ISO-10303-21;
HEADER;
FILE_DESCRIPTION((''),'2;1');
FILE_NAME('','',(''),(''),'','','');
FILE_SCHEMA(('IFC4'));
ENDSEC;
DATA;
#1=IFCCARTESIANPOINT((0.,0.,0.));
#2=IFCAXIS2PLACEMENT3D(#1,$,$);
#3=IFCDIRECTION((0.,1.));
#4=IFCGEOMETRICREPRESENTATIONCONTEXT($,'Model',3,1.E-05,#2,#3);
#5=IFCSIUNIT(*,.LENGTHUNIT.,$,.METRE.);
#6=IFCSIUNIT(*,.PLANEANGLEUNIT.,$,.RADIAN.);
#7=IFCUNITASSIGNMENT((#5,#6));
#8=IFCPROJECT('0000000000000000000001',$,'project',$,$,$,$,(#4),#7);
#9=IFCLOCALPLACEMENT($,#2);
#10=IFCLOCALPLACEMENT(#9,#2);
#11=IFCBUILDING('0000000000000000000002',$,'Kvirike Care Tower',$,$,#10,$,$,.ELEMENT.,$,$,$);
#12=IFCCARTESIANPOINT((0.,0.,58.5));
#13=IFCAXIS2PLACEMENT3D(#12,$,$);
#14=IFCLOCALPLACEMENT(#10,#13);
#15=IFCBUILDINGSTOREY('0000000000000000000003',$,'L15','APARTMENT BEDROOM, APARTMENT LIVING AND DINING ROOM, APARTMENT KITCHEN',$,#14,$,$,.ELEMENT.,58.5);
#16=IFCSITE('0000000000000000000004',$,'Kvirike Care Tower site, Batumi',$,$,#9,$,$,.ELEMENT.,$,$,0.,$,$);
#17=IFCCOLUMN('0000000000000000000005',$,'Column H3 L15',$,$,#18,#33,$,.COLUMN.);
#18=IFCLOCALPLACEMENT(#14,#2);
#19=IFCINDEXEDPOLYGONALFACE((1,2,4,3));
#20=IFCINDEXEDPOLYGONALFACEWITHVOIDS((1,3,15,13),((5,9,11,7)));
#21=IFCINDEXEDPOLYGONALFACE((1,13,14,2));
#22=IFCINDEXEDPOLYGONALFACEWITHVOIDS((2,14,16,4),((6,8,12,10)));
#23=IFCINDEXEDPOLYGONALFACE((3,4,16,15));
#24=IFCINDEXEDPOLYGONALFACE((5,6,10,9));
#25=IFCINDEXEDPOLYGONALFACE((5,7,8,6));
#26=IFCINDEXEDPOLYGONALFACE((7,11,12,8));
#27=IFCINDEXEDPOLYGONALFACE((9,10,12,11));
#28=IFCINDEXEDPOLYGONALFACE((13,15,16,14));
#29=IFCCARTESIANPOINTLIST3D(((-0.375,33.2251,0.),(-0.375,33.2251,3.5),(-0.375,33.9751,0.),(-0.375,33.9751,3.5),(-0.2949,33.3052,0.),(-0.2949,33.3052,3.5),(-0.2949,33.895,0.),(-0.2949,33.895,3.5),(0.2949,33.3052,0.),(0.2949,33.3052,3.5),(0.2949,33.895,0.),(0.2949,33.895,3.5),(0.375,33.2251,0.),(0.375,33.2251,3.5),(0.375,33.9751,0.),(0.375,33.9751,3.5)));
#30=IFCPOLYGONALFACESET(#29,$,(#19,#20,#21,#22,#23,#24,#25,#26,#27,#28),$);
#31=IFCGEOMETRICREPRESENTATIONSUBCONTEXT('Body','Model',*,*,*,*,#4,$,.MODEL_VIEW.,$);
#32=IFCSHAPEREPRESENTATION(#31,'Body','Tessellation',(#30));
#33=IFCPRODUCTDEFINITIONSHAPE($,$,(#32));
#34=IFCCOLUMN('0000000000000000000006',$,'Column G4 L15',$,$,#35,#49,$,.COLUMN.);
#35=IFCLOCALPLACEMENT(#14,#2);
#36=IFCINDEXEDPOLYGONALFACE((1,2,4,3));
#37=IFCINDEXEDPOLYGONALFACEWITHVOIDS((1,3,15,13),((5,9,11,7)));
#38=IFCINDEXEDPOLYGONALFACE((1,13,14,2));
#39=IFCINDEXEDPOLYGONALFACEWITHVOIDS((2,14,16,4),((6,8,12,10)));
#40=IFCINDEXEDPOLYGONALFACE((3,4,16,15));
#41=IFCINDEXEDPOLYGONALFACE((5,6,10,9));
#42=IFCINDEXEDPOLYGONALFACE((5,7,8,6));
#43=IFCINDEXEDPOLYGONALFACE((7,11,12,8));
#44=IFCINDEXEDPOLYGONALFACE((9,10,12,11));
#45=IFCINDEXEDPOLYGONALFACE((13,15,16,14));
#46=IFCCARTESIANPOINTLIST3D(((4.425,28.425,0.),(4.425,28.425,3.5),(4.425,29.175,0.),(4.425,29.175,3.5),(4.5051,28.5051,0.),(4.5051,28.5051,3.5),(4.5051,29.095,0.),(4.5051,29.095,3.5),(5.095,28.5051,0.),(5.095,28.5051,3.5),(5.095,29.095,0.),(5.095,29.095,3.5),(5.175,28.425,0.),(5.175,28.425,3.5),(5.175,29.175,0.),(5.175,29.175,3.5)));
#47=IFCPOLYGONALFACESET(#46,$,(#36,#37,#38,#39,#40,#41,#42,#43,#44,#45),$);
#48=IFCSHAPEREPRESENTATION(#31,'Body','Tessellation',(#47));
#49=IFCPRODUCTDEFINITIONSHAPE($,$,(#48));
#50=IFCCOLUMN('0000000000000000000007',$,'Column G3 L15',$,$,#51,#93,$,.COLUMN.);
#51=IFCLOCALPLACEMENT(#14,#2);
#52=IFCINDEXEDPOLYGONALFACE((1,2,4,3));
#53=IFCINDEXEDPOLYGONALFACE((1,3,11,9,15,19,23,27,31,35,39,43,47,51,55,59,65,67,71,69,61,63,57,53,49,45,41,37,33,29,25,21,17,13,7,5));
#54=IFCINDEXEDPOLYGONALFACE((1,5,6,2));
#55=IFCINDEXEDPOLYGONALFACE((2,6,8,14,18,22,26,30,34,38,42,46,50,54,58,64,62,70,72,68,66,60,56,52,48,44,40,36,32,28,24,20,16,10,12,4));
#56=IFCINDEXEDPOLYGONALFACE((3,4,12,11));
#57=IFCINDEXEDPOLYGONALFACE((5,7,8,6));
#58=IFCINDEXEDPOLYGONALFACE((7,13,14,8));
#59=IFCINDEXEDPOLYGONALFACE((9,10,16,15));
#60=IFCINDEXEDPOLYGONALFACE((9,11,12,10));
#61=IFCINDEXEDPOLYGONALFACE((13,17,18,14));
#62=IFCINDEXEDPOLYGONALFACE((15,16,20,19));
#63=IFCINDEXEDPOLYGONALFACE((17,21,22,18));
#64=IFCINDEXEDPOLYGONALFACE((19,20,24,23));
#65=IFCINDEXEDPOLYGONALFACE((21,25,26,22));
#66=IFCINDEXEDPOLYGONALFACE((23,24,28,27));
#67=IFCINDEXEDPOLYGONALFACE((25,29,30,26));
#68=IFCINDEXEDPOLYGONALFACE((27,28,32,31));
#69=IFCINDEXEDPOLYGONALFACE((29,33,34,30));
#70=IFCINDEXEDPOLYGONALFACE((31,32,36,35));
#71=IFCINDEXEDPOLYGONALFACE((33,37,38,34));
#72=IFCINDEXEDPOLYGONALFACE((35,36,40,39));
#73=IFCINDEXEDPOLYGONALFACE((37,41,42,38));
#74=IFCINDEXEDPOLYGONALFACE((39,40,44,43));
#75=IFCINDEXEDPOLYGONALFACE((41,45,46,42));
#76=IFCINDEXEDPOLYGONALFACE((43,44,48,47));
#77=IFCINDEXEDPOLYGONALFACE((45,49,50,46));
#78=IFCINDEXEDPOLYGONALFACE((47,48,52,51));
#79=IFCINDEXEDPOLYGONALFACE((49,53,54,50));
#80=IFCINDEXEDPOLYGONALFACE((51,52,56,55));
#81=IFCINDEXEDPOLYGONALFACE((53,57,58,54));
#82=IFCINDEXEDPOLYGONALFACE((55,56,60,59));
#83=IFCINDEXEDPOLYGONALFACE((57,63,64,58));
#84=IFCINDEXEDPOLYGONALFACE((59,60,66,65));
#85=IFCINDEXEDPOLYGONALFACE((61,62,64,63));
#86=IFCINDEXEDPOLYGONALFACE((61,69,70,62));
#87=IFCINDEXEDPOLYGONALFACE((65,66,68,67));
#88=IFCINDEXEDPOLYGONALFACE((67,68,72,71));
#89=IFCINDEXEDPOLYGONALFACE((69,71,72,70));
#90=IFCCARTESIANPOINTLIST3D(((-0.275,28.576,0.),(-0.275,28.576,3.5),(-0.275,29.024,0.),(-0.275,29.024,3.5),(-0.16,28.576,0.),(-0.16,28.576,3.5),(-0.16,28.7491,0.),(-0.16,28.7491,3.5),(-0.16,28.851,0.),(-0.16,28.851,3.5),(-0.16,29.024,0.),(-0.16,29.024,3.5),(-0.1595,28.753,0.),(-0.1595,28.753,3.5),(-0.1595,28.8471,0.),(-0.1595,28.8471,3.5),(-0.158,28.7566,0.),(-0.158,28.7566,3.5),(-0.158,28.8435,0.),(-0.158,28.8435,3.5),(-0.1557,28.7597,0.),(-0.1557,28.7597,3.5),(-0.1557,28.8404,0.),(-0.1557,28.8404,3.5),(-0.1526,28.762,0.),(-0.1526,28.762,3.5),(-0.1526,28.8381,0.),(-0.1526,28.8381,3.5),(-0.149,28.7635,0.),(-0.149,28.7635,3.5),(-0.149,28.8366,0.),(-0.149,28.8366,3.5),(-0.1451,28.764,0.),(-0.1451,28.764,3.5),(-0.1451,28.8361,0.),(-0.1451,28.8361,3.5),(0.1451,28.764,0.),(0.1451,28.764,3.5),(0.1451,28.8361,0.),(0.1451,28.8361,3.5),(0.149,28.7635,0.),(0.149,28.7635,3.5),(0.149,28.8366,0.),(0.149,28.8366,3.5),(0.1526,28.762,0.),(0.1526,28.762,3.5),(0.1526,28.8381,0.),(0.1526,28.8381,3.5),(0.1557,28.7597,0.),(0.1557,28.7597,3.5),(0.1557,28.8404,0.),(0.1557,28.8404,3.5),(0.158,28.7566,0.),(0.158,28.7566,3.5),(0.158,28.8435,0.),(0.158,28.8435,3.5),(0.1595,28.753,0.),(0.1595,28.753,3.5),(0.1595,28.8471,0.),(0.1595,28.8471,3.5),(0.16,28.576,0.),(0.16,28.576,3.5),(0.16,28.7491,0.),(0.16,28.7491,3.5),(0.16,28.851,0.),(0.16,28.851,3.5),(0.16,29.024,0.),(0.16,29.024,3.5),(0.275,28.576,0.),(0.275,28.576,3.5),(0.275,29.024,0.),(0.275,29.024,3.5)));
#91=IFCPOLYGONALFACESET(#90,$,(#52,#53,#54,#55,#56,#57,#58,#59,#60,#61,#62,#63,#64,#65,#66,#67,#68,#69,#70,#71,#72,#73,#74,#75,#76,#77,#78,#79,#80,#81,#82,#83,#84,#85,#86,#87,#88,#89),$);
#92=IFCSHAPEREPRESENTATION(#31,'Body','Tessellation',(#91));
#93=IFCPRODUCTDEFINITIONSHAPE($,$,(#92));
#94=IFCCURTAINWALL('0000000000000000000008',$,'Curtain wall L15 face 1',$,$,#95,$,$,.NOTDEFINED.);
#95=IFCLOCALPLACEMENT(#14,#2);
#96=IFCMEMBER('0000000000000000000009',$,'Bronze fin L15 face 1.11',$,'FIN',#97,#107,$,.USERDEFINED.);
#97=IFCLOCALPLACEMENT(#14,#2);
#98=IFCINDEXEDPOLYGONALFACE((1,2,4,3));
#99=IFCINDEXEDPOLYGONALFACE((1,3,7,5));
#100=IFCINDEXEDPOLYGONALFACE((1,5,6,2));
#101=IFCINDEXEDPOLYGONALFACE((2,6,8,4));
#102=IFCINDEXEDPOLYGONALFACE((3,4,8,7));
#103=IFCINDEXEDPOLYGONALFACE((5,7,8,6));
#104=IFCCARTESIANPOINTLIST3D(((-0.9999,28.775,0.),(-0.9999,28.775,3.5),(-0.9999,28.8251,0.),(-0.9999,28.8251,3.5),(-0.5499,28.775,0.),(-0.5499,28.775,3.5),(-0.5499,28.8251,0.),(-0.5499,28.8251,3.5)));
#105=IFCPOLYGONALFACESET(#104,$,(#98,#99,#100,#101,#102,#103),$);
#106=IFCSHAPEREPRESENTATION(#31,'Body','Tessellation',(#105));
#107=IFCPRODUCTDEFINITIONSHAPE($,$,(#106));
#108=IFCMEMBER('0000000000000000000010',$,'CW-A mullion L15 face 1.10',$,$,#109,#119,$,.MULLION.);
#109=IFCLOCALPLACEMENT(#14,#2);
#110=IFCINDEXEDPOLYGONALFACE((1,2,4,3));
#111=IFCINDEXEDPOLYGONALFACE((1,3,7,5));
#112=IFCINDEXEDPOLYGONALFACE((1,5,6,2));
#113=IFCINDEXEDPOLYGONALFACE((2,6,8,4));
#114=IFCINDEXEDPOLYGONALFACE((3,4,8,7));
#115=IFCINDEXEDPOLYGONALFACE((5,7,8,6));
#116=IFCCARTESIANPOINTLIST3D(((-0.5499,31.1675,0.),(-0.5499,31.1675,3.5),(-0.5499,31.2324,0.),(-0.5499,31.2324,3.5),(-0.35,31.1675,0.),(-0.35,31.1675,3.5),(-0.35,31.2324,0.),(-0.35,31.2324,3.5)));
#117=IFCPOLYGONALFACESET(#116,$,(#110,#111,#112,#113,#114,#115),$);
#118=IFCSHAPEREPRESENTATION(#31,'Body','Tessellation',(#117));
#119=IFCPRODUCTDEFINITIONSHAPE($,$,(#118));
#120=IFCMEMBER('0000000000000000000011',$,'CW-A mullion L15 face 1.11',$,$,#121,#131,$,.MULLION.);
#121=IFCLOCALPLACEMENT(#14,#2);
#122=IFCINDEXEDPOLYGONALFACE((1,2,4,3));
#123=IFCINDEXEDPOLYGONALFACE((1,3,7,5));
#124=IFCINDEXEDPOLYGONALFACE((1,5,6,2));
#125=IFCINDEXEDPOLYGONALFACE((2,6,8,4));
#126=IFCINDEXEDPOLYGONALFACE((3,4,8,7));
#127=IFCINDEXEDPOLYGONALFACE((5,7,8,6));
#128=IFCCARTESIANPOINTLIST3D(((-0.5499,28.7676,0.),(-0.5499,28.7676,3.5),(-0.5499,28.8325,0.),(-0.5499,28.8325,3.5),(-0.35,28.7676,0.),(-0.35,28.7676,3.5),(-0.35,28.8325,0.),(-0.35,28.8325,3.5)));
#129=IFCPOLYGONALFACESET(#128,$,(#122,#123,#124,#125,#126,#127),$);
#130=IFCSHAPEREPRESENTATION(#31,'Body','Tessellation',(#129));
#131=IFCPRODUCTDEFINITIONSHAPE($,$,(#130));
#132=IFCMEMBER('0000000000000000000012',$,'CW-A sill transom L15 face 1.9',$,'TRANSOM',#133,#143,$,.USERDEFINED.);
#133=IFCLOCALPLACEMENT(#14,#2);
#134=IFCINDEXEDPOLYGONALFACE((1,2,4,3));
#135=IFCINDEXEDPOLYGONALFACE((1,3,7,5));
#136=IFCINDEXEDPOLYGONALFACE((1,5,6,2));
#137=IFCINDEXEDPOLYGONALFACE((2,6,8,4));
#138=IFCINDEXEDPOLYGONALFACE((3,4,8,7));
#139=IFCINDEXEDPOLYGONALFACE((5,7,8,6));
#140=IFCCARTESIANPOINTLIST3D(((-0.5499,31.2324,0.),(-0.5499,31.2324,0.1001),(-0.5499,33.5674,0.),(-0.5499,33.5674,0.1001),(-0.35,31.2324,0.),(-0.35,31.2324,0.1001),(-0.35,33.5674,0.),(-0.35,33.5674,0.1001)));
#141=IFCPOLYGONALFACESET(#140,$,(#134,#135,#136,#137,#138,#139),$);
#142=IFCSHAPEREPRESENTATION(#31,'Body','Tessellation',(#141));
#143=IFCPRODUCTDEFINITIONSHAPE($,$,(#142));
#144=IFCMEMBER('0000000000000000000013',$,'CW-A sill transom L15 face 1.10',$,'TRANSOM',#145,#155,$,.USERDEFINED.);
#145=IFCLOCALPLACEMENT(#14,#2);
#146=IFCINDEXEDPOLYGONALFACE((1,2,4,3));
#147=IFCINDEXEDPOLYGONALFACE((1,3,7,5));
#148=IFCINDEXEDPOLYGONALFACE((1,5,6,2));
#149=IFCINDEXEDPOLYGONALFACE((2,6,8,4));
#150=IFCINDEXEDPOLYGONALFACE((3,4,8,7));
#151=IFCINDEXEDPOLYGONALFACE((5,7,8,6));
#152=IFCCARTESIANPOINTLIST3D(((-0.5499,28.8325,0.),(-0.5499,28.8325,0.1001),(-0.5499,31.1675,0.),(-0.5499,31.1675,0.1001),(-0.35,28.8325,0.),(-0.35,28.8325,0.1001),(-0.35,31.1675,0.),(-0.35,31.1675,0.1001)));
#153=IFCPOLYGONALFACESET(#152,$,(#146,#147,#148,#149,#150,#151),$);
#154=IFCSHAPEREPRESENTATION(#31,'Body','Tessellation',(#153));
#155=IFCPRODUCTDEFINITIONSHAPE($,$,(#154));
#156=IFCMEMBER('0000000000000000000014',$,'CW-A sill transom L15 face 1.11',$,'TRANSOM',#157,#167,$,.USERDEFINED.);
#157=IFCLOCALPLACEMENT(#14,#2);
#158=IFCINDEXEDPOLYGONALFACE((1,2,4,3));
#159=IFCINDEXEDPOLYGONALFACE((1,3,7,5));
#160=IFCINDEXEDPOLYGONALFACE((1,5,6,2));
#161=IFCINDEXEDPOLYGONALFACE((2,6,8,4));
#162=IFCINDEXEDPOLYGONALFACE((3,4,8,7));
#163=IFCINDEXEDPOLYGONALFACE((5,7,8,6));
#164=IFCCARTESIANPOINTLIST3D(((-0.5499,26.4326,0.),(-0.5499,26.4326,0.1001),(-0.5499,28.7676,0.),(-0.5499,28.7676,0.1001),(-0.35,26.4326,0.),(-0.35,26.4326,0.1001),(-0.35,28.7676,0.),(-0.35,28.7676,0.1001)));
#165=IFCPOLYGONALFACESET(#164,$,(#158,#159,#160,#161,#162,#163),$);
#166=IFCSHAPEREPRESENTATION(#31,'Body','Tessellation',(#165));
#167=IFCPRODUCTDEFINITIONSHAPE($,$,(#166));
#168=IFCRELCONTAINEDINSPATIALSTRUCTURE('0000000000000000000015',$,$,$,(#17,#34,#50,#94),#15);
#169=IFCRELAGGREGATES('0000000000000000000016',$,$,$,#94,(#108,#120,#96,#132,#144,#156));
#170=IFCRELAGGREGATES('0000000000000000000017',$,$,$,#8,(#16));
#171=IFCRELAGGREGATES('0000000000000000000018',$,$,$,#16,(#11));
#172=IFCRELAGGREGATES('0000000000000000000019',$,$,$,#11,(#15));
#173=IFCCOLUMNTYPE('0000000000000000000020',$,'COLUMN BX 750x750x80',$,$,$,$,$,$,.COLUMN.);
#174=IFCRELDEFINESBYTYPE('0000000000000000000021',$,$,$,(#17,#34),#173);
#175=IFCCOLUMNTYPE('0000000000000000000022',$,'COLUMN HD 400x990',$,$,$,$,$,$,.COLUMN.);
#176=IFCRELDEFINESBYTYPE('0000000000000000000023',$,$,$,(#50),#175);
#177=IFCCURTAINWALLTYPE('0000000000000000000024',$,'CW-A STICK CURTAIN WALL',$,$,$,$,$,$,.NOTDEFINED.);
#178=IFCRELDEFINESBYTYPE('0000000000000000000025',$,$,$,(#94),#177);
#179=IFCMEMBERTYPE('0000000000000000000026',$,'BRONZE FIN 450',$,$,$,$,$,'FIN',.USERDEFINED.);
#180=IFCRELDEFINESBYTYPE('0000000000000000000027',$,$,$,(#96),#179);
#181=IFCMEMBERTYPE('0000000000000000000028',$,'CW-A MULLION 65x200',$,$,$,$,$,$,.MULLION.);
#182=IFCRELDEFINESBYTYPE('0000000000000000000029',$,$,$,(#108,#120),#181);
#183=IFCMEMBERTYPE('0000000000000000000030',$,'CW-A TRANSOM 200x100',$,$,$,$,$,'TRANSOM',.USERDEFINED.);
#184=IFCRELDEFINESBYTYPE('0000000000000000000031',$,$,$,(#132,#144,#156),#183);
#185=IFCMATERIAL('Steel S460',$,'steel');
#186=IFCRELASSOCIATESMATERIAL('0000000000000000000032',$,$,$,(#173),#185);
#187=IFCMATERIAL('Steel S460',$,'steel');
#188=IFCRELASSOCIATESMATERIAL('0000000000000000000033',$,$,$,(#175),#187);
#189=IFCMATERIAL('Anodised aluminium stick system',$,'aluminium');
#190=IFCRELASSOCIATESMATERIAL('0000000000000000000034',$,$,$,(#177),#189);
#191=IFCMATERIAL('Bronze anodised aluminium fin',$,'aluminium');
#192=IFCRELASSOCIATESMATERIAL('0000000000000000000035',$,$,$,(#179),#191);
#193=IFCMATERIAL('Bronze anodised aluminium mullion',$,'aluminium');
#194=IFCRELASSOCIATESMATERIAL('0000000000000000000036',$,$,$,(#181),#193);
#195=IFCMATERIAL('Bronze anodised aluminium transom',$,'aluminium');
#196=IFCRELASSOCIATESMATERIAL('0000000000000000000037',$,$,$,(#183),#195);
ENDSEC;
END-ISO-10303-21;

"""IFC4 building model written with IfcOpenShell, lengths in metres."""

from ifc_helpers import new_model, si_unit, direction, frame, origin, origin_2d, place, context, subcontext, project, spatial, rectangle, hollow_rectangle, i_section, extrude, material, material_profile, profile_set, type_object, element, aggregate, save


model = new_model("IFC4")

# Units and contexts
model_context = context("Model", 3, precision=1e-05, world=origin(), true_north=direction((0.0, 1.0)))
body_context = subcontext(model_context, "Body", "Model", "MODEL_VIEW")
ifc_project = project(units=[si_unit("LENGTHUNIT", "METRE"), si_unit("PLANEANGLEUNIT", "RADIAN")], contexts=[model_context])

# Site, building, storey
site_placement = place(None, origin())
site = spatial("IfcSite", under=ifc_project, at=site_placement, Name="Kvirike Care Tower site, Batumi", CompositionType="ELEMENT", RefElevation=0.0)
building_placement = place(site_placement, origin())
building = spatial("IfcBuilding", under=site, at=building_placement, Name="Kvirike Care Tower", CompositionType="ELEMENT")
storey_placement = place(building_placement, frame((0.0, 0.0, 58.5)))
storey = spatial("IfcBuildingStorey", under=building, at=storey_placement, Name="L15", Description="APARTMENT BEDROOM, APARTMENT LIVING AND DINING ROOM, APARTMENT KITCHEN", CompositionType="ELEMENT", Elevation=58.5)

# Columns
ifc_material_1 = material(Name="Steel S460", Category="steel")
ifc_material_profile_1 = material_profile(ifc_material_1, hollow_rectangle(XDim=0.75, YDim=0.75, WallThickness=0.0801, at=origin_2d()), Name="BX 750x750x80")
ifc_profile_set_1 = profile_set([ifc_material_profile_1], Name="Steel S460")
column_type_1 = type_object("IfcColumnType", Name="COLUMN BX 750x750x80", PredefinedType="COLUMN", material=ifc_profile_set_1)
for number, where, z_axis, x_axis, name in (
    (1, (0.0, 33.6001, 0.0), (0.0, 0.0, 1.0), (1.0, 0.0, 0.0), "Column H3 L15"),
    (2, (4.8, 28.8, 0.0), (0.0, 0.0, 1.0), (0.0, 1.0, 0.0), "Column G4 L15"),
):
    element("IfcColumn", number, at=place(storey_placement, frame(where, z_axis=z_axis, x_axis=x_axis)), inside=storey, type_object=column_type_1, Name=name, PredefinedType="COLUMN", context=body_context, shape_type="SweptSolid", body=[
        extrude(hollow_rectangle(XDim=0.75, YDim=0.75, WallThickness=0.0801, at=origin_2d()), origin(), (0.0, 0.0, 1.0), 3.5),
    ])
ifc_material_2 = material(Name="Steel S460", Category="steel")
ifc_material_profile_2 = material_profile(ifc_material_2, i_section(OverallWidth=0.448, OverallDepth=0.55, WebThickness=0.072, FlangeThickness=0.115, FilletRadius=0.0149, at=origin_2d()), Name="HD 400x990")
ifc_profile_set_2 = profile_set([ifc_material_profile_2], Name="Steel S460")
column_type_2 = type_object("IfcColumnType", Name="COLUMN HD 400x990", PredefinedType="COLUMN", material=ifc_profile_set_2)
column_placement = place(storey_placement, frame((0.0, 28.8, 0.0), z_axis=(0.0, 0.0, 1.0), x_axis=(0.0, 1.0, 0.0)))
element("IfcColumn", 3, at=column_placement, inside=storey, type_object=column_type_2, Name="Column G3 L15", PredefinedType="COLUMN", context=body_context, shape_type="SweptSolid", body=[
    extrude(i_section(OverallWidth=0.448, OverallDepth=0.55, WebThickness=0.072, FlangeThickness=0.115, FilletRadius=0.0149, at=origin_2d()), origin(), (0.0, 0.0, 1.0), 3.5),
])

# Curtain wall, members
ifc_material_3 = material(Name="Anodised aluminium stick system", Category="aluminium")
curtain_wall_type = type_object("IfcCurtainWallType", Name="CW-A STICK CURTAIN WALL", PredefinedType="NOTDEFINED", material=ifc_material_3)
curtain_wall_placement = place(storey_placement, origin())
curtain_wall = element("IfcCurtainWall", 4, at=curtain_wall_placement, inside=storey, type_object=curtain_wall_type, Name="Curtain wall L15 face 1", PredefinedType="NOTDEFINED")
ifc_material_4 = material(Name="Bronze anodised aluminium fin", Category="aluminium")
ifc_material_profile_3 = material_profile(ifc_material_4, rectangle(XDim=0.05, YDim=0.45, at=origin_2d()), Name="BRONZE FIN 450")
ifc_profile_set_3 = profile_set([ifc_material_profile_3], Name="Bronze anodised aluminium fin")
member_type_1 = type_object("IfcMemberType", Name="BRONZE FIN 450", ElementType="FIN", PredefinedType="USERDEFINED", material=ifc_profile_set_3)
member_1_placement = place(storey_placement, frame((-0.7749, 28.8, 0.0), z_axis=(0.0, 0.0, 1.0), x_axis=(0.0, -1.0, 0.0)))
member_1 = element("IfcMember", 5, at=member_1_placement, type_object=member_type_1, Name="Bronze fin L15 face 1.11", ObjectType="FIN", PredefinedType="USERDEFINED", context=body_context, shape_type="SweptSolid", body=[
    extrude(rectangle(XDim=0.05, YDim=0.45, at=origin_2d()), origin(), (0.0, 0.0, 1.0), 3.5),
])
ifc_material_5 = material(Name="Bronze anodised aluminium mullion", Category="aluminium")
ifc_material_profile_4 = material_profile(ifc_material_5, rectangle(XDim=0.0649, YDim=0.2, at=origin_2d()), Name="CW-A MULLION 65x200")
ifc_profile_set_4 = profile_set([ifc_material_profile_4], Name="Bronze anodised aluminium mullion")
member_type_2 = type_object("IfcMemberType", Name="CW-A MULLION 65x200", PredefinedType="MULLION", material=ifc_profile_set_4)
member_2_placement = place(storey_placement, frame((-0.45, 31.2, 0.0), z_axis=(0.0, 0.0, 1.0), x_axis=(0.0, -1.0, 0.0)))
member_2 = element("IfcMember", 6, at=member_2_placement, type_object=member_type_2, Name="CW-A mullion L15 face 1.10", PredefinedType="MULLION", context=body_context, shape_type="SweptSolid", body=[
    extrude(rectangle(XDim=0.0649, YDim=0.2, at=origin_2d()), origin(), (0.0, 0.0, 1.0), 3.5),
])
member_3_placement = place(storey_placement, frame((-0.45, 28.8, 0.0), z_axis=(0.0, 0.0, 1.0), x_axis=(0.0, -1.0, 0.0)))
member_3 = element("IfcMember", 7, at=member_3_placement, type_object=member_type_2, Name="CW-A mullion L15 face 1.11", PredefinedType="MULLION", context=body_context, shape_type="SweptSolid", body=[
    extrude(rectangle(XDim=0.0649, YDim=0.2, at=origin_2d()), origin(), (0.0, 0.0, 1.0), 3.5),
])
ifc_material_6 = material(Name="Bronze anodised aluminium transom", Category="aluminium")
ifc_material_profile_5 = material_profile(ifc_material_6, rectangle(XDim=0.2, YDim=0.1001, at=origin_2d()), Name="CW-A TRANSOM 200x100")
ifc_profile_set_5 = profile_set([ifc_material_profile_5], Name="Bronze anodised aluminium transom")
member_type_3 = type_object("IfcMemberType", Name="CW-A TRANSOM 200x100", ElementType="TRANSOM", PredefinedType="USERDEFINED", material=ifc_profile_set_5)
member_4_placement = place(storey_placement, frame((-0.45, 33.5674, 0.05), z_axis=(0.0, -1.0, 0.0), x_axis=(1.0, 0.0, 0.0)))
member_4 = element("IfcMember", 8, at=member_4_placement, type_object=member_type_3, Name="CW-A sill transom L15 face 1.9", ObjectType="TRANSOM", PredefinedType="USERDEFINED", context=body_context, shape_type="SweptSolid", body=[
    extrude(rectangle(XDim=0.2, YDim=0.1001, at=origin_2d()), origin(), (0.0, 0.0, 1.0), 2.335),
])
member_5_placement = place(storey_placement, frame((-0.45, 31.1675, 0.05), z_axis=(0.0, -1.0, 0.0), x_axis=(1.0, 0.0, 0.0)))
member_5 = element("IfcMember", 9, at=member_5_placement, type_object=member_type_3, Name="CW-A sill transom L15 face 1.10", ObjectType="TRANSOM", PredefinedType="USERDEFINED", context=body_context, shape_type="SweptSolid", body=[
    extrude(rectangle(XDim=0.2, YDim=0.1001, at=origin_2d()), origin(), (0.0, 0.0, 1.0), 2.335),
])
member_6_placement = place(storey_placement, frame((-0.45, 28.7676, 0.05), z_axis=(0.0, -1.0, 0.0), x_axis=(1.0, 0.0, 0.0)))
member_6 = element("IfcMember", 10, at=member_6_placement, type_object=member_type_3, Name="CW-A sill transom L15 face 1.11", ObjectType="TRANSOM", PredefinedType="USERDEFINED", context=body_context, shape_type="SweptSolid", body=[
    extrude(rectangle(XDim=0.2, YDim=0.1001, at=origin_2d()), origin(), (0.0, 0.0, 1.0), 2.335),
])

aggregate(curtain_wall, [member_2, member_3, member_1, member_4, member_5, member_6])

save(model, "model.ifc")
